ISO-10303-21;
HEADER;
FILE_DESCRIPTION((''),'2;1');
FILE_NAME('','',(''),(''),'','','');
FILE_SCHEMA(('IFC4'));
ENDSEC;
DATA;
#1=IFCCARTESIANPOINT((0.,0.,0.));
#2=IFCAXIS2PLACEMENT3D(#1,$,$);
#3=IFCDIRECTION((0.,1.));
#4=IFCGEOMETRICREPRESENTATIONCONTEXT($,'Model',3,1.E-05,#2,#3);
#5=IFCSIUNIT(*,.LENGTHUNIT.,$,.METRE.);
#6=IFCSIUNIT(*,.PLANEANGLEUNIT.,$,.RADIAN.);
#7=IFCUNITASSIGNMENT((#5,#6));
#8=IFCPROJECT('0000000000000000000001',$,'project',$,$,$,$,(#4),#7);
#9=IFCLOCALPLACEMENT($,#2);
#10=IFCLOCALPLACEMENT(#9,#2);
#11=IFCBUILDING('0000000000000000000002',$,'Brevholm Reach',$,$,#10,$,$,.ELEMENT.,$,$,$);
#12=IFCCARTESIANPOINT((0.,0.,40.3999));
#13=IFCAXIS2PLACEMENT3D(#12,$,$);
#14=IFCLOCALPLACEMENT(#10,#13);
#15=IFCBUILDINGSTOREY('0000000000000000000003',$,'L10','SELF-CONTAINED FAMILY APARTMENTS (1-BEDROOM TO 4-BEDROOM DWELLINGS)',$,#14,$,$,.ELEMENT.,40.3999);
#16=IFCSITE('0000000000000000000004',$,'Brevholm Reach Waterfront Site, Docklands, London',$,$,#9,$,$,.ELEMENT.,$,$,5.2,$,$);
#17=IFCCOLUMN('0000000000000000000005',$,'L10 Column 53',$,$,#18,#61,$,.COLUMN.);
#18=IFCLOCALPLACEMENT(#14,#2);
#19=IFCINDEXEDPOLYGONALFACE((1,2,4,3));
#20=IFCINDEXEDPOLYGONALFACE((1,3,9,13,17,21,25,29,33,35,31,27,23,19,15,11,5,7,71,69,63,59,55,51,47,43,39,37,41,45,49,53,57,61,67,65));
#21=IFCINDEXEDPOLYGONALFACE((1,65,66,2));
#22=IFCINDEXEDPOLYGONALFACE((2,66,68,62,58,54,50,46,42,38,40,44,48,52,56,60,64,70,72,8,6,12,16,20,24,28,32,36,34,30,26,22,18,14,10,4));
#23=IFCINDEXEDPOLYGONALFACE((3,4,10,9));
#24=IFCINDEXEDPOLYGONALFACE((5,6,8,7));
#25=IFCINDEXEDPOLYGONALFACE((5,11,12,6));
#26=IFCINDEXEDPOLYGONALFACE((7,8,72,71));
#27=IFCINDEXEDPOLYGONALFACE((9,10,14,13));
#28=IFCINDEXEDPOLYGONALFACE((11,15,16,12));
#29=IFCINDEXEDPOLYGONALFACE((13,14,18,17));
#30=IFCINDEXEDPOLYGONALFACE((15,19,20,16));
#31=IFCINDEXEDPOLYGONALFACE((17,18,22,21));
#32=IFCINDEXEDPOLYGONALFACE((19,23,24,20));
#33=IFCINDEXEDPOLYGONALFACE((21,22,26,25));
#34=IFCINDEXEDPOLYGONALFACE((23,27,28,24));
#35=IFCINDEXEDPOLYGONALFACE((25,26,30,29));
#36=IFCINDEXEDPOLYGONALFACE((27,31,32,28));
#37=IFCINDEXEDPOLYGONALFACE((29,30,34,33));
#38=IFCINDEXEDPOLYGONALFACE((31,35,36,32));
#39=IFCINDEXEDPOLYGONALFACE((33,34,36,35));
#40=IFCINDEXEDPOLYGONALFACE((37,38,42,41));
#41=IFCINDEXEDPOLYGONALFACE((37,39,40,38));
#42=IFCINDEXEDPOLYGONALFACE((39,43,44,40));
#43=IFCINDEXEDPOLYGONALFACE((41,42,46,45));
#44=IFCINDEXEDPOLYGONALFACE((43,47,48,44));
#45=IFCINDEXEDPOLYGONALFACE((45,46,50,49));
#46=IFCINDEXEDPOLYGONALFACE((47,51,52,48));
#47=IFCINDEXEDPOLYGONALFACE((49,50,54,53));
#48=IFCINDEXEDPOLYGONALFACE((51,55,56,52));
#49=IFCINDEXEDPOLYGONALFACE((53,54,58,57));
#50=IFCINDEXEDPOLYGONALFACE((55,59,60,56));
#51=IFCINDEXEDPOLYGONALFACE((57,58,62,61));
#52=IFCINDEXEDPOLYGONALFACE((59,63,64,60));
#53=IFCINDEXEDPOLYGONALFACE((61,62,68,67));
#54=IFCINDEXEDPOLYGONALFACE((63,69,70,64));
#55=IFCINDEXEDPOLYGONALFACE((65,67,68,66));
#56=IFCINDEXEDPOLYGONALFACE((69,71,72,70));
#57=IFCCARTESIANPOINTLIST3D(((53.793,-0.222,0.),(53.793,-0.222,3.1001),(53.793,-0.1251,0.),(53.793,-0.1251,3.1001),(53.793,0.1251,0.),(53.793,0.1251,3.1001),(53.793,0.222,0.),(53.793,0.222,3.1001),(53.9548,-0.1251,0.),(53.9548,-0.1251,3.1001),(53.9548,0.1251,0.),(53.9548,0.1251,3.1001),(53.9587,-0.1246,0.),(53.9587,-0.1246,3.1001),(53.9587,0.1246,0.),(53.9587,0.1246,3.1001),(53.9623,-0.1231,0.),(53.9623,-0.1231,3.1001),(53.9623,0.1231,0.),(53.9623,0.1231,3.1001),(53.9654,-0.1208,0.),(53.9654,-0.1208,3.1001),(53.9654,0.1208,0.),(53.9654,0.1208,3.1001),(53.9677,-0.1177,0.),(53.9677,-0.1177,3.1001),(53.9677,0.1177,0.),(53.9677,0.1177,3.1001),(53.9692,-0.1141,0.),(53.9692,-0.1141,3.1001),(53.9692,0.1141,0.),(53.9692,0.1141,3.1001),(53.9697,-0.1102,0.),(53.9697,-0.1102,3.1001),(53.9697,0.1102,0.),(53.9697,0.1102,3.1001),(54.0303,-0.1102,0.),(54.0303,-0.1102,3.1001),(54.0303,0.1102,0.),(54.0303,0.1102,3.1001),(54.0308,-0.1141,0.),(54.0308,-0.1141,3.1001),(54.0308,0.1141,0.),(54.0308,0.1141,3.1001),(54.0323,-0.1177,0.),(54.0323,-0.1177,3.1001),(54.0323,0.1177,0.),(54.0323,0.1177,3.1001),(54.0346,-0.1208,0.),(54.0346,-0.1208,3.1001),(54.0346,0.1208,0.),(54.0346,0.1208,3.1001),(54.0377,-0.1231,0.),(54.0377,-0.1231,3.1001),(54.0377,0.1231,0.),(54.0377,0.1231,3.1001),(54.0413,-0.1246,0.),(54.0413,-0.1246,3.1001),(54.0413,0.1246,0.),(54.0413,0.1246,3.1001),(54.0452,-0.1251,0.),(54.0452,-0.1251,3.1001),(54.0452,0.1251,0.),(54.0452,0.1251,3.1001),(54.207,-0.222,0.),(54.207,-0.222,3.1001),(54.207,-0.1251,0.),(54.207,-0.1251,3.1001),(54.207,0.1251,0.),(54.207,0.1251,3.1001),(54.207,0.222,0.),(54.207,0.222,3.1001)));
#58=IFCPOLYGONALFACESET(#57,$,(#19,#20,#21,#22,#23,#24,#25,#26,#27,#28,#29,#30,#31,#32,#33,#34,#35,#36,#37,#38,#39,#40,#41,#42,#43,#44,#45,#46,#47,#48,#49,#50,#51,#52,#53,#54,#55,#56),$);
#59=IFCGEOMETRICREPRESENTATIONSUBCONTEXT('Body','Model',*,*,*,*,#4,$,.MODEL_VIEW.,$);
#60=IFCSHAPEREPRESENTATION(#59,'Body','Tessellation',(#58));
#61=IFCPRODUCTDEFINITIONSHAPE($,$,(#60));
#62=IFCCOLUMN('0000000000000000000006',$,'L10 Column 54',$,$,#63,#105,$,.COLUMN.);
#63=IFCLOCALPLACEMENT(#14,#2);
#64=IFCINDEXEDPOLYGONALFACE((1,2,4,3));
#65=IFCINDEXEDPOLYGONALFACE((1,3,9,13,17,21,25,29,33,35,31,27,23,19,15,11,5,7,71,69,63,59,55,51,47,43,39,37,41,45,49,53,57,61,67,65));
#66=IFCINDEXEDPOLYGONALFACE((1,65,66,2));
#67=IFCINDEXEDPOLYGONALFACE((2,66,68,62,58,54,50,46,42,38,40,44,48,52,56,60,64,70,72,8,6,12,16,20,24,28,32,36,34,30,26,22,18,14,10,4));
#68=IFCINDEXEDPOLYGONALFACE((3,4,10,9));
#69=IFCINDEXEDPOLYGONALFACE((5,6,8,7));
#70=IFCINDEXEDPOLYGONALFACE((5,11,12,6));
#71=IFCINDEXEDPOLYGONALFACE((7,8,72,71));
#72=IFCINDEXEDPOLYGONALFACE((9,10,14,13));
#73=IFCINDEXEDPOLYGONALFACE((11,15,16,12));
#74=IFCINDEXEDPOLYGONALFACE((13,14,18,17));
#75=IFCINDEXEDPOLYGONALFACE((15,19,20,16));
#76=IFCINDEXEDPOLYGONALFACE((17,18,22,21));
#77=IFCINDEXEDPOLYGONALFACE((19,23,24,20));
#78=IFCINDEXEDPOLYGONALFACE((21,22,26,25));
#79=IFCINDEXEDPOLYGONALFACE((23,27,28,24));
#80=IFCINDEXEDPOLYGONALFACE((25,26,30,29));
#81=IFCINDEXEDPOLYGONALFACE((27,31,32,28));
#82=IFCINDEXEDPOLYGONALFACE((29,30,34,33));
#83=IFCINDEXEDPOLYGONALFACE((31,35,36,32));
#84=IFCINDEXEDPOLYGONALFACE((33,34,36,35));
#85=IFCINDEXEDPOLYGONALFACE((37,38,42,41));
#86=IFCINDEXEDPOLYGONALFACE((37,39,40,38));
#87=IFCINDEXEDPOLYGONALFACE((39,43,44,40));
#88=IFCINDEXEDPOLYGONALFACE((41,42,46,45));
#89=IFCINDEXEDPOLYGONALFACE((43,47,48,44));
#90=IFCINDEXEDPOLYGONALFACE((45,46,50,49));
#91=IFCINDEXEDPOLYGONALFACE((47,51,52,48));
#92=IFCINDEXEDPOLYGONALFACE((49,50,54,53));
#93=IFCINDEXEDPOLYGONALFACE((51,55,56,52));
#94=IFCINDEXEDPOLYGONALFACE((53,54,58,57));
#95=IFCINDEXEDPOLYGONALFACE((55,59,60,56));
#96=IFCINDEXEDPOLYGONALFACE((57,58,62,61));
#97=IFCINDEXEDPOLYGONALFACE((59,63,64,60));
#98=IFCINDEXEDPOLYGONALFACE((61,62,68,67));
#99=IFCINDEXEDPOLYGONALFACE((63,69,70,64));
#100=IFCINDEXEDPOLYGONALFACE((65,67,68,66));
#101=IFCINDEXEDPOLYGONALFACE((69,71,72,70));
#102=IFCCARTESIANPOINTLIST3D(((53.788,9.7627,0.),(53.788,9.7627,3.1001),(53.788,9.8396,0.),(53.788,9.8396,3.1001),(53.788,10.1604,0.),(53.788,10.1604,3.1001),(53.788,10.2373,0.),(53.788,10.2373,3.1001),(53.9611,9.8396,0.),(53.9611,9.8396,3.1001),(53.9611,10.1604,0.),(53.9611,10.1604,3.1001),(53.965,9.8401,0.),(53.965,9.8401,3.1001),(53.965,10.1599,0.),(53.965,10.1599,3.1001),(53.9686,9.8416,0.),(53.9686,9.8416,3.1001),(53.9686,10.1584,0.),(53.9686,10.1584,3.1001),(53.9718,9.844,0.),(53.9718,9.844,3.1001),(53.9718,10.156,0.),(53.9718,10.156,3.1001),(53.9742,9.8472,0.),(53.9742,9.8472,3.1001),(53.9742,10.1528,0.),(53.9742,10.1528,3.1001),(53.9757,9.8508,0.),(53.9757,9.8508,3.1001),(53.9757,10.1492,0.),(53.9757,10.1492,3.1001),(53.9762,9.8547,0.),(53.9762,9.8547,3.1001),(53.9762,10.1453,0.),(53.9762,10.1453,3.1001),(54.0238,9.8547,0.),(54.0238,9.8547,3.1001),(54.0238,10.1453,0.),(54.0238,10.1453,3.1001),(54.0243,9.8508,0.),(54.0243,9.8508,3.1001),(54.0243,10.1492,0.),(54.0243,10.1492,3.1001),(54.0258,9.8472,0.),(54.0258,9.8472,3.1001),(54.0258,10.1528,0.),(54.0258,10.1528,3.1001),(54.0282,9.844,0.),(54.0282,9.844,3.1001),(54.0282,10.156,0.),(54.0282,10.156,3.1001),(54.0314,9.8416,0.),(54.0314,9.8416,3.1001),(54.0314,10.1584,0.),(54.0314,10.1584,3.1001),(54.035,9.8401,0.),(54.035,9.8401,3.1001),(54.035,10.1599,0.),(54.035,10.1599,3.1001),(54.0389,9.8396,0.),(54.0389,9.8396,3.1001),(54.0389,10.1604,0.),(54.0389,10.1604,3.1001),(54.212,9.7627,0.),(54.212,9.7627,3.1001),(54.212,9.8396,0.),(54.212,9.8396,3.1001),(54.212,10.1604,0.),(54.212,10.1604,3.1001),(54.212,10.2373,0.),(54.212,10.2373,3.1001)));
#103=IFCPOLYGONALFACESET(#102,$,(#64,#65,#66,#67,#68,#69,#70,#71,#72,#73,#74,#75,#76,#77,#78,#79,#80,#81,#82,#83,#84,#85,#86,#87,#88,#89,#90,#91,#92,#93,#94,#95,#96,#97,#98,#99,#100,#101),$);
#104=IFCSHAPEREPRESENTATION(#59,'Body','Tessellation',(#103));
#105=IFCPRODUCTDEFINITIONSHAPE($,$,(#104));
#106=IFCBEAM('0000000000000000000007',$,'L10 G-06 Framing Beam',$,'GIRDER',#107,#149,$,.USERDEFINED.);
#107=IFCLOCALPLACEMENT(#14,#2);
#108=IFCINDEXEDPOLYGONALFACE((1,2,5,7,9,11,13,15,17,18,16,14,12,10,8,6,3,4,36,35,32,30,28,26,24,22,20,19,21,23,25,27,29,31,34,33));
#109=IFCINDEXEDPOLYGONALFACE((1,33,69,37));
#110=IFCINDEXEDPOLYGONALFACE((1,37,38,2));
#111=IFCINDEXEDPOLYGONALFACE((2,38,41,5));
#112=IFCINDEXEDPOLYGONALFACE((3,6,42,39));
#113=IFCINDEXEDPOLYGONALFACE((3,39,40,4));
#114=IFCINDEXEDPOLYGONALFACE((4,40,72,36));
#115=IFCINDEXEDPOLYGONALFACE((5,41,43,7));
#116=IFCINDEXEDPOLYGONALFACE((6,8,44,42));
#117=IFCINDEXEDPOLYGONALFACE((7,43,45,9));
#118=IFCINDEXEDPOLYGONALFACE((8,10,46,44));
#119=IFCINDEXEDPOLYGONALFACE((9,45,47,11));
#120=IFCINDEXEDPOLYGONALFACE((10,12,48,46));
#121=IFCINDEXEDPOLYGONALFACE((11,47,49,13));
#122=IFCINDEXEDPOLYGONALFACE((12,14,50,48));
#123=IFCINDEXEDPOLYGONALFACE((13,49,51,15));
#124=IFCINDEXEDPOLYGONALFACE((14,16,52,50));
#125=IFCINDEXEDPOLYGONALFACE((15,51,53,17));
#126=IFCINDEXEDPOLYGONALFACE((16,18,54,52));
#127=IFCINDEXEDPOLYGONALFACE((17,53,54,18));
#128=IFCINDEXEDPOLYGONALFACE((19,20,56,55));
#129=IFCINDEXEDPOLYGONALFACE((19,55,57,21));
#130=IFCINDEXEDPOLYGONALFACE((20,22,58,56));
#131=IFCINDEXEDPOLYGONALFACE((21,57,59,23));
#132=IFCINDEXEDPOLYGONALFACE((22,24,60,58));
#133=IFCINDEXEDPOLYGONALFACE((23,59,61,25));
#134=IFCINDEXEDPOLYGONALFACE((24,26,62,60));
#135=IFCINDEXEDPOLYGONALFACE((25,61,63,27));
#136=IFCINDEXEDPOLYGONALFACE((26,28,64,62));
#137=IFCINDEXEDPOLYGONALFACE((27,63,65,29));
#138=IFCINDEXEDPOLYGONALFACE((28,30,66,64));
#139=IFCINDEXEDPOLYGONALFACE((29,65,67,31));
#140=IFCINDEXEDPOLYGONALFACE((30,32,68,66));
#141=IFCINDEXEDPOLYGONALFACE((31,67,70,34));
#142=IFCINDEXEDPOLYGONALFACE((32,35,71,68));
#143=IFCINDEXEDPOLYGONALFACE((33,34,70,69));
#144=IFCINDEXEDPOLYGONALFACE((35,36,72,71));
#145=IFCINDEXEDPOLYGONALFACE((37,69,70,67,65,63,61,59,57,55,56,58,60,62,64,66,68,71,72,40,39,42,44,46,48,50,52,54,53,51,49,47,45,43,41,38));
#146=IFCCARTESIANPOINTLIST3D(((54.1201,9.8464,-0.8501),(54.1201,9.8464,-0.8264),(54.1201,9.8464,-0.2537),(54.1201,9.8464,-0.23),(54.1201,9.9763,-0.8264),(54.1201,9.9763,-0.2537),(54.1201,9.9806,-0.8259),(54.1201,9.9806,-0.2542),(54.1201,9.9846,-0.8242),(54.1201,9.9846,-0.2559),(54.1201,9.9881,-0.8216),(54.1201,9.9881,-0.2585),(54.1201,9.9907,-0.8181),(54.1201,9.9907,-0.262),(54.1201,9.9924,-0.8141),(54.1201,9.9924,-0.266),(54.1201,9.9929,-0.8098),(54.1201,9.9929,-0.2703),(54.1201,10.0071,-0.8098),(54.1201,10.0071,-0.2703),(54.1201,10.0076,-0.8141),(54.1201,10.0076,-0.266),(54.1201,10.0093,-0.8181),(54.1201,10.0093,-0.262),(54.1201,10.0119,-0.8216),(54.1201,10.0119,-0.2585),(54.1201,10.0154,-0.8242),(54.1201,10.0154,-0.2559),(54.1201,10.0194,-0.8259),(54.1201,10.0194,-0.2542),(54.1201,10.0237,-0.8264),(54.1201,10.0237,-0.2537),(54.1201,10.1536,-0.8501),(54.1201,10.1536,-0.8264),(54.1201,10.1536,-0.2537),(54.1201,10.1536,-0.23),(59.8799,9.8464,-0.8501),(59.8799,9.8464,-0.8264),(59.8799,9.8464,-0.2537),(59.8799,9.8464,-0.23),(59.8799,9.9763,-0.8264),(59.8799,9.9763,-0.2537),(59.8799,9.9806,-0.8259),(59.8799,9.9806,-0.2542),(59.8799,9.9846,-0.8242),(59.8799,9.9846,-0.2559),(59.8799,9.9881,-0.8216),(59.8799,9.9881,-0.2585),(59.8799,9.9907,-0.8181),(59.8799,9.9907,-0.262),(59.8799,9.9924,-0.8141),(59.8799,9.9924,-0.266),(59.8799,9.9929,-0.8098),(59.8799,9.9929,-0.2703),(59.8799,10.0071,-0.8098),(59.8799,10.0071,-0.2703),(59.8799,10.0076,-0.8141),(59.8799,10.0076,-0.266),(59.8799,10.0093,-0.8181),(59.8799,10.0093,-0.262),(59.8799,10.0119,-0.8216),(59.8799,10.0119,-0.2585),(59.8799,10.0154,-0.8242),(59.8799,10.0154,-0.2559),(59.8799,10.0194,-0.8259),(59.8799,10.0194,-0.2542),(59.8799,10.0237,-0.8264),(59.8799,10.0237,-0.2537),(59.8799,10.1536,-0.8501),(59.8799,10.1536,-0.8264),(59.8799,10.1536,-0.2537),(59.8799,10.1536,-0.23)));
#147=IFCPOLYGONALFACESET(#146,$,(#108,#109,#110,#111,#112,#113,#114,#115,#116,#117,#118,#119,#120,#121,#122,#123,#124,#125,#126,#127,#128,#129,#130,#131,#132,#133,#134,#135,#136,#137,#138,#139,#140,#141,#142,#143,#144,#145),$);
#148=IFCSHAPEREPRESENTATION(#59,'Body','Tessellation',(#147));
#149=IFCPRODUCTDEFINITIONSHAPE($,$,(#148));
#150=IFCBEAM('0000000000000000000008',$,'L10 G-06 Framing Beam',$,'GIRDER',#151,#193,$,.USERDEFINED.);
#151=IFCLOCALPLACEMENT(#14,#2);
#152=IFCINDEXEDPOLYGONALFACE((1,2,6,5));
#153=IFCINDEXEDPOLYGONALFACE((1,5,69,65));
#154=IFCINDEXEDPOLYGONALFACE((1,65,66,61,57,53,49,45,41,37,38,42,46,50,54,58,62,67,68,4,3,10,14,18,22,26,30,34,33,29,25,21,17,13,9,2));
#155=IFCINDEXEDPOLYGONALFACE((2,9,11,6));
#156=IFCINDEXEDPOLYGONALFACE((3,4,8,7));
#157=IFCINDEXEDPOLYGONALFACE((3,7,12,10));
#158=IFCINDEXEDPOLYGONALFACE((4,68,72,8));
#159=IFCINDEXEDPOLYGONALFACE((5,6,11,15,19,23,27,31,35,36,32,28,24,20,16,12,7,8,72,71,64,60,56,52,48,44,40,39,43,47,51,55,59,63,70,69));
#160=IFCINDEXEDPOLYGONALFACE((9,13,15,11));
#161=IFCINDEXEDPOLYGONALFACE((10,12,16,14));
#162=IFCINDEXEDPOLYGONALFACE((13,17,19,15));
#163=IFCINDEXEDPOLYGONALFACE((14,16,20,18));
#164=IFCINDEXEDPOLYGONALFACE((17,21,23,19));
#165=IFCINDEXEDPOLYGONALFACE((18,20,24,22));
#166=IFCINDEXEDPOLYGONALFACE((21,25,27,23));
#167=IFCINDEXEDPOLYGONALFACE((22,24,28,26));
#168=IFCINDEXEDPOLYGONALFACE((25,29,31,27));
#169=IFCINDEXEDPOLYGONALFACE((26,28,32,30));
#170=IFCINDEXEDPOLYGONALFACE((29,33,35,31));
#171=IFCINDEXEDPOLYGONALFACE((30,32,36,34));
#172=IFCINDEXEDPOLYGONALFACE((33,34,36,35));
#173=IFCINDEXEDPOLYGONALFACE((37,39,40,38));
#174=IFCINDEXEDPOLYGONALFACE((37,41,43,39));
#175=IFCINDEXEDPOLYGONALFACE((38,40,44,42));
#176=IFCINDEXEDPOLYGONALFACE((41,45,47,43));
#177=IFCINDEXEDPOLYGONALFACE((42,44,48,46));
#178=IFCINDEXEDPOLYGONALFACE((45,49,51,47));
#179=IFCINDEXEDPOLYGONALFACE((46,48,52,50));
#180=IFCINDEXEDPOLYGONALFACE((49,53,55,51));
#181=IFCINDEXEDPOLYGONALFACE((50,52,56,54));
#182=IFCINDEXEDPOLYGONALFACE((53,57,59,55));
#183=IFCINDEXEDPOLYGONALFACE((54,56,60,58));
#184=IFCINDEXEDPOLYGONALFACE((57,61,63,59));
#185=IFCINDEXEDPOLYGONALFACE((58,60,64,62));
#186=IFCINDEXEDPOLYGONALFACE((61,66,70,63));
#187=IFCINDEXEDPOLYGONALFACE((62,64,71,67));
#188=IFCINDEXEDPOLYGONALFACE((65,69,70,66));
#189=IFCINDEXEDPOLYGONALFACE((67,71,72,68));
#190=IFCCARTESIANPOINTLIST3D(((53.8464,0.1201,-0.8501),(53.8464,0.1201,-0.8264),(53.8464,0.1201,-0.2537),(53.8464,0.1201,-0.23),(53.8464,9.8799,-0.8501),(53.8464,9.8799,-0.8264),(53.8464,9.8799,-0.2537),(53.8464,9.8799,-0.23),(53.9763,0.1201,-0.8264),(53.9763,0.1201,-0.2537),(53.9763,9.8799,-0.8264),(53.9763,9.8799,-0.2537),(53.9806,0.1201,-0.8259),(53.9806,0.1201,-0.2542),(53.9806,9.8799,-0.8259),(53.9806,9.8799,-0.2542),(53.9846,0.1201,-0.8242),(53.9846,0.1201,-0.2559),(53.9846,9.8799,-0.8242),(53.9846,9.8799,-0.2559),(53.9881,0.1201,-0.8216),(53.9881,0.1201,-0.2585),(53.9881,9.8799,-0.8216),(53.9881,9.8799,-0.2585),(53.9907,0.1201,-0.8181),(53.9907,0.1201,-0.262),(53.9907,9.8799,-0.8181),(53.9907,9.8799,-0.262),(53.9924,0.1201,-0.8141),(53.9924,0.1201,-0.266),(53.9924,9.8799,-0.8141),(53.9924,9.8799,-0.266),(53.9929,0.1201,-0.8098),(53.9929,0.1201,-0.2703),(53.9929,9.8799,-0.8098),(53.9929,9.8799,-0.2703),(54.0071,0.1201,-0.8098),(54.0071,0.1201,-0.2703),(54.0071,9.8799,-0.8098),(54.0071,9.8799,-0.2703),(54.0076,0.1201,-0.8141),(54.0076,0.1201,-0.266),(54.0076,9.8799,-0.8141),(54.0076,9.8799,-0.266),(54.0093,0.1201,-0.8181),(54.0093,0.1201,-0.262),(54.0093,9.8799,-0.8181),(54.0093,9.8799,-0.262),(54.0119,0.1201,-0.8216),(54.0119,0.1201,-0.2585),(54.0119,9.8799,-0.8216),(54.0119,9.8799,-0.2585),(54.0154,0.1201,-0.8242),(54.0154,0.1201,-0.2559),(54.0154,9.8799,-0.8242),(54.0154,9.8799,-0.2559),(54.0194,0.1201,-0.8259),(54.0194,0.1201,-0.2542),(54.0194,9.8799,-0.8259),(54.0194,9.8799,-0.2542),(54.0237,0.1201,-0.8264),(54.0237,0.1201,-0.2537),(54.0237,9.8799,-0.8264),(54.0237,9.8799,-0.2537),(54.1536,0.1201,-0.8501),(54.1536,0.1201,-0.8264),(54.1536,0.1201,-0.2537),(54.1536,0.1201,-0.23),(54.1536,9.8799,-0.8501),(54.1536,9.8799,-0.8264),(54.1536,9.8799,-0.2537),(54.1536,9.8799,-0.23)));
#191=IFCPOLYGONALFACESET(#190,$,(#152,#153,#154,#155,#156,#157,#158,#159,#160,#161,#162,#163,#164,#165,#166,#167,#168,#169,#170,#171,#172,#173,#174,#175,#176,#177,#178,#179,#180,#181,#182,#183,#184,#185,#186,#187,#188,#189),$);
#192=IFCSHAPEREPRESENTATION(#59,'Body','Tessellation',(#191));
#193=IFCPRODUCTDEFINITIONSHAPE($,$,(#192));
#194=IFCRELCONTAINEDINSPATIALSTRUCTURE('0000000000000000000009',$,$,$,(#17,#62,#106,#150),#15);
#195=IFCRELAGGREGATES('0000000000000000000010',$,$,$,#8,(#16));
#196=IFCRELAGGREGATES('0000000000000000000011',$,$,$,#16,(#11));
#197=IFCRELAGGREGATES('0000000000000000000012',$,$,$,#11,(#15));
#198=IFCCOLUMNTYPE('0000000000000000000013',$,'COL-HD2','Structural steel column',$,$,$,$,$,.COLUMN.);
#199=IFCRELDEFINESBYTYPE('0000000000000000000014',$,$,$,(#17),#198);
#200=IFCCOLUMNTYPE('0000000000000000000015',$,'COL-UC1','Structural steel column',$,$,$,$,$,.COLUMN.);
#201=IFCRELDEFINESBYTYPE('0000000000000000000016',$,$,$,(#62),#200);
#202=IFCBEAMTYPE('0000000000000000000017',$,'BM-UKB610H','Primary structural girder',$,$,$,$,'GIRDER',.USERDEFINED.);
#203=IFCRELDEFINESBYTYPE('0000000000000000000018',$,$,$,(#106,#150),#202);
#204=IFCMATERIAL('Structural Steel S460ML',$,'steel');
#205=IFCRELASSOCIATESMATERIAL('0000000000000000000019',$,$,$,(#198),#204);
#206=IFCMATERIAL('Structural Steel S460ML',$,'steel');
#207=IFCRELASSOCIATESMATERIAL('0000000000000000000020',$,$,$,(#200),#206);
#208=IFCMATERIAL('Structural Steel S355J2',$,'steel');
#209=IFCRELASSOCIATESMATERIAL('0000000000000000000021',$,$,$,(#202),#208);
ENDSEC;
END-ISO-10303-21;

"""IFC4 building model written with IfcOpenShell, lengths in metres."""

from ifc_helpers import new_model, si_unit, direction, frame, origin, origin_2d, place, context, subcontext, project, spatial, i_section, extrude, material, material_profile, profile_set, type_object, element, save


model = new_model("IFC4")

# Units and contexts
model_context = context("Model", 3, precision=1e-05, world=origin(), true_north=direction((0.0, 1.0)))
body_context = subcontext(model_context, "Body", "Model", "MODEL_VIEW")
ifc_project = project(units=[si_unit("LENGTHUNIT", "METRE"), si_unit("PLANEANGLEUNIT", "RADIAN")], contexts=[model_context])

# Site, building, storey
site_placement = place(None, origin())
site = spatial("IfcSite", under=ifc_project, at=site_placement, Name="Brevholm Reach Waterfront Site, Docklands, London", CompositionType="ELEMENT", RefElevation=5.2)
building_placement = place(site_placement, origin())
building = spatial("IfcBuilding", under=site, at=building_placement, Name="Brevholm Reach", CompositionType="ELEMENT")
storey_placement = place(building_placement, frame((0.0, 0.0, 40.3999)))
storey = spatial("IfcBuildingStorey", under=building, at=storey_placement, Name="L10", Description="SELF-CONTAINED FAMILY APARTMENTS (1-BEDROOM TO 4-BEDROOM DWELLINGS)", CompositionType="ELEMENT", Elevation=40.3999)

# Columns
ifc_material_1 = material(Name="Structural Steel S460ML", Category="steel")
ifc_material_profile_1 = material_profile(ifc_material_1, i_section(OverallWidth=0.4141, OverallDepth=0.4441, WebThickness=0.0605, FlangeThickness=0.0969, FilletRadius=0.0149, at=origin_2d()), Name="HD 400x818")
ifc_profile_set_1 = profile_set([ifc_material_profile_1], Name="Structural Steel S460ML")
column_type_1 = type_object("IfcColumnType", Name="COL-HD2", Description="Structural steel column", PredefinedType="COLUMN", material=ifc_profile_set_1)
column_1_placement = place(storey_placement, frame((54.0, 0.0, 0.0), z_axis=(0.0, 0.0, 1.0), x_axis=(1.0, 0.0, 0.0)))
element("IfcColumn", 1, at=column_1_placement, inside=storey, type_object=column_type_1, Name="L10 Column 53", PredefinedType="COLUMN", context=body_context, shape_type="SweptSolid", body=[
    extrude(i_section(OverallWidth=0.4141, OverallDepth=0.4441, WebThickness=0.0605, FlangeThickness=0.0969, FilletRadius=0.0149, at=origin_2d()), origin(), (0.0, 0.0, 1.0), 3.1001),
])
ifc_material_2 = material(Name="Structural Steel S460ML", Category="steel")
ifc_material_profile_2 = material_profile(ifc_material_2, i_section(OverallWidth=0.4241, OverallDepth=0.4746, WebThickness=0.0476, FlangeThickness=0.0769, FilletRadius=0.0151, at=origin_2d()), Name="UKC 356x406x634")
ifc_profile_set_2 = profile_set([ifc_material_profile_2], Name="Structural Steel S460ML")
column_type_2 = type_object("IfcColumnType", Name="COL-UC1", Description="Structural steel column", PredefinedType="COLUMN", material=ifc_profile_set_2)
column_2_placement = place(storey_placement, frame((54.0, 10.0, 0.0), z_axis=(0.0, 0.0, 1.0), x_axis=(1.0, 0.0, 0.0)))
element("IfcColumn", 2, at=column_2_placement, inside=storey, type_object=column_type_2, Name="L10 Column 54", PredefinedType="COLUMN", context=body_context, shape_type="SweptSolid", body=[
    extrude(i_section(OverallWidth=0.4241, OverallDepth=0.4746, WebThickness=0.0476, FlangeThickness=0.0769, FilletRadius=0.0151, at=origin_2d()), origin(), (0.0, 0.0, 1.0), 3.1001),
])

# Beams
ifc_material_3 = material(Name="Structural Steel S355J2", Category="steel")
ifc_material_profile_3 = material_profile(ifc_material_3, i_section(OverallWidth=0.3071, OverallDepth=0.6201, WebThickness=0.0142, FlangeThickness=0.0237, FilletRadius=0.0166, at=origin_2d()), Name="UKB 610x305x179")
ifc_profile_set_3 = profile_set([ifc_material_profile_3], Name="Structural Steel S355J2")
beam_type = type_object("IfcBeamType", Name="BM-UKB610H", Description="Primary structural girder", ElementType="GIRDER", PredefinedType="USERDEFINED", material=ifc_profile_set_3)
beam_1_placement = place(storey_placement, frame((54.1201, 10.0, -0.54), z_axis=(1.0, 0.0, 0.0), x_axis=(0.0, 1.0, 0.0)))
element("IfcBeam", 3, at=beam_1_placement, inside=storey, type_object=beam_type, Name="L10 G-06 Framing Beam", ObjectType="GIRDER", PredefinedType="USERDEFINED", context=body_context, shape_type="SweptSolid", body=[
    extrude(i_section(OverallWidth=0.3071, OverallDepth=0.6201, WebThickness=0.0142, FlangeThickness=0.0237, FilletRadius=0.0166, at=origin_2d()), origin(), (0.0, 0.0, 1.0), 5.7598),
])
beam_2_placement = place(storey_placement, frame((54.0, 0.1201, -0.54), z_axis=(0.0, 1.0, 0.0), x_axis=(-1.0, 0.0, 0.0)))
element("IfcBeam", 4, at=beam_2_placement, inside=storey, type_object=beam_type, Name="L10 G-06 Framing Beam", ObjectType="GIRDER", PredefinedType="USERDEFINED", context=body_context, shape_type="SweptSolid", body=[
    extrude(i_section(OverallWidth=0.3071, OverallDepth=0.6201, WebThickness=0.0142, FlangeThickness=0.0237, FilletRadius=0.0166, at=origin_2d()), origin(), (0.0, 0.0, 1.0), 9.7598),
])

save(model, "model.ifc")
